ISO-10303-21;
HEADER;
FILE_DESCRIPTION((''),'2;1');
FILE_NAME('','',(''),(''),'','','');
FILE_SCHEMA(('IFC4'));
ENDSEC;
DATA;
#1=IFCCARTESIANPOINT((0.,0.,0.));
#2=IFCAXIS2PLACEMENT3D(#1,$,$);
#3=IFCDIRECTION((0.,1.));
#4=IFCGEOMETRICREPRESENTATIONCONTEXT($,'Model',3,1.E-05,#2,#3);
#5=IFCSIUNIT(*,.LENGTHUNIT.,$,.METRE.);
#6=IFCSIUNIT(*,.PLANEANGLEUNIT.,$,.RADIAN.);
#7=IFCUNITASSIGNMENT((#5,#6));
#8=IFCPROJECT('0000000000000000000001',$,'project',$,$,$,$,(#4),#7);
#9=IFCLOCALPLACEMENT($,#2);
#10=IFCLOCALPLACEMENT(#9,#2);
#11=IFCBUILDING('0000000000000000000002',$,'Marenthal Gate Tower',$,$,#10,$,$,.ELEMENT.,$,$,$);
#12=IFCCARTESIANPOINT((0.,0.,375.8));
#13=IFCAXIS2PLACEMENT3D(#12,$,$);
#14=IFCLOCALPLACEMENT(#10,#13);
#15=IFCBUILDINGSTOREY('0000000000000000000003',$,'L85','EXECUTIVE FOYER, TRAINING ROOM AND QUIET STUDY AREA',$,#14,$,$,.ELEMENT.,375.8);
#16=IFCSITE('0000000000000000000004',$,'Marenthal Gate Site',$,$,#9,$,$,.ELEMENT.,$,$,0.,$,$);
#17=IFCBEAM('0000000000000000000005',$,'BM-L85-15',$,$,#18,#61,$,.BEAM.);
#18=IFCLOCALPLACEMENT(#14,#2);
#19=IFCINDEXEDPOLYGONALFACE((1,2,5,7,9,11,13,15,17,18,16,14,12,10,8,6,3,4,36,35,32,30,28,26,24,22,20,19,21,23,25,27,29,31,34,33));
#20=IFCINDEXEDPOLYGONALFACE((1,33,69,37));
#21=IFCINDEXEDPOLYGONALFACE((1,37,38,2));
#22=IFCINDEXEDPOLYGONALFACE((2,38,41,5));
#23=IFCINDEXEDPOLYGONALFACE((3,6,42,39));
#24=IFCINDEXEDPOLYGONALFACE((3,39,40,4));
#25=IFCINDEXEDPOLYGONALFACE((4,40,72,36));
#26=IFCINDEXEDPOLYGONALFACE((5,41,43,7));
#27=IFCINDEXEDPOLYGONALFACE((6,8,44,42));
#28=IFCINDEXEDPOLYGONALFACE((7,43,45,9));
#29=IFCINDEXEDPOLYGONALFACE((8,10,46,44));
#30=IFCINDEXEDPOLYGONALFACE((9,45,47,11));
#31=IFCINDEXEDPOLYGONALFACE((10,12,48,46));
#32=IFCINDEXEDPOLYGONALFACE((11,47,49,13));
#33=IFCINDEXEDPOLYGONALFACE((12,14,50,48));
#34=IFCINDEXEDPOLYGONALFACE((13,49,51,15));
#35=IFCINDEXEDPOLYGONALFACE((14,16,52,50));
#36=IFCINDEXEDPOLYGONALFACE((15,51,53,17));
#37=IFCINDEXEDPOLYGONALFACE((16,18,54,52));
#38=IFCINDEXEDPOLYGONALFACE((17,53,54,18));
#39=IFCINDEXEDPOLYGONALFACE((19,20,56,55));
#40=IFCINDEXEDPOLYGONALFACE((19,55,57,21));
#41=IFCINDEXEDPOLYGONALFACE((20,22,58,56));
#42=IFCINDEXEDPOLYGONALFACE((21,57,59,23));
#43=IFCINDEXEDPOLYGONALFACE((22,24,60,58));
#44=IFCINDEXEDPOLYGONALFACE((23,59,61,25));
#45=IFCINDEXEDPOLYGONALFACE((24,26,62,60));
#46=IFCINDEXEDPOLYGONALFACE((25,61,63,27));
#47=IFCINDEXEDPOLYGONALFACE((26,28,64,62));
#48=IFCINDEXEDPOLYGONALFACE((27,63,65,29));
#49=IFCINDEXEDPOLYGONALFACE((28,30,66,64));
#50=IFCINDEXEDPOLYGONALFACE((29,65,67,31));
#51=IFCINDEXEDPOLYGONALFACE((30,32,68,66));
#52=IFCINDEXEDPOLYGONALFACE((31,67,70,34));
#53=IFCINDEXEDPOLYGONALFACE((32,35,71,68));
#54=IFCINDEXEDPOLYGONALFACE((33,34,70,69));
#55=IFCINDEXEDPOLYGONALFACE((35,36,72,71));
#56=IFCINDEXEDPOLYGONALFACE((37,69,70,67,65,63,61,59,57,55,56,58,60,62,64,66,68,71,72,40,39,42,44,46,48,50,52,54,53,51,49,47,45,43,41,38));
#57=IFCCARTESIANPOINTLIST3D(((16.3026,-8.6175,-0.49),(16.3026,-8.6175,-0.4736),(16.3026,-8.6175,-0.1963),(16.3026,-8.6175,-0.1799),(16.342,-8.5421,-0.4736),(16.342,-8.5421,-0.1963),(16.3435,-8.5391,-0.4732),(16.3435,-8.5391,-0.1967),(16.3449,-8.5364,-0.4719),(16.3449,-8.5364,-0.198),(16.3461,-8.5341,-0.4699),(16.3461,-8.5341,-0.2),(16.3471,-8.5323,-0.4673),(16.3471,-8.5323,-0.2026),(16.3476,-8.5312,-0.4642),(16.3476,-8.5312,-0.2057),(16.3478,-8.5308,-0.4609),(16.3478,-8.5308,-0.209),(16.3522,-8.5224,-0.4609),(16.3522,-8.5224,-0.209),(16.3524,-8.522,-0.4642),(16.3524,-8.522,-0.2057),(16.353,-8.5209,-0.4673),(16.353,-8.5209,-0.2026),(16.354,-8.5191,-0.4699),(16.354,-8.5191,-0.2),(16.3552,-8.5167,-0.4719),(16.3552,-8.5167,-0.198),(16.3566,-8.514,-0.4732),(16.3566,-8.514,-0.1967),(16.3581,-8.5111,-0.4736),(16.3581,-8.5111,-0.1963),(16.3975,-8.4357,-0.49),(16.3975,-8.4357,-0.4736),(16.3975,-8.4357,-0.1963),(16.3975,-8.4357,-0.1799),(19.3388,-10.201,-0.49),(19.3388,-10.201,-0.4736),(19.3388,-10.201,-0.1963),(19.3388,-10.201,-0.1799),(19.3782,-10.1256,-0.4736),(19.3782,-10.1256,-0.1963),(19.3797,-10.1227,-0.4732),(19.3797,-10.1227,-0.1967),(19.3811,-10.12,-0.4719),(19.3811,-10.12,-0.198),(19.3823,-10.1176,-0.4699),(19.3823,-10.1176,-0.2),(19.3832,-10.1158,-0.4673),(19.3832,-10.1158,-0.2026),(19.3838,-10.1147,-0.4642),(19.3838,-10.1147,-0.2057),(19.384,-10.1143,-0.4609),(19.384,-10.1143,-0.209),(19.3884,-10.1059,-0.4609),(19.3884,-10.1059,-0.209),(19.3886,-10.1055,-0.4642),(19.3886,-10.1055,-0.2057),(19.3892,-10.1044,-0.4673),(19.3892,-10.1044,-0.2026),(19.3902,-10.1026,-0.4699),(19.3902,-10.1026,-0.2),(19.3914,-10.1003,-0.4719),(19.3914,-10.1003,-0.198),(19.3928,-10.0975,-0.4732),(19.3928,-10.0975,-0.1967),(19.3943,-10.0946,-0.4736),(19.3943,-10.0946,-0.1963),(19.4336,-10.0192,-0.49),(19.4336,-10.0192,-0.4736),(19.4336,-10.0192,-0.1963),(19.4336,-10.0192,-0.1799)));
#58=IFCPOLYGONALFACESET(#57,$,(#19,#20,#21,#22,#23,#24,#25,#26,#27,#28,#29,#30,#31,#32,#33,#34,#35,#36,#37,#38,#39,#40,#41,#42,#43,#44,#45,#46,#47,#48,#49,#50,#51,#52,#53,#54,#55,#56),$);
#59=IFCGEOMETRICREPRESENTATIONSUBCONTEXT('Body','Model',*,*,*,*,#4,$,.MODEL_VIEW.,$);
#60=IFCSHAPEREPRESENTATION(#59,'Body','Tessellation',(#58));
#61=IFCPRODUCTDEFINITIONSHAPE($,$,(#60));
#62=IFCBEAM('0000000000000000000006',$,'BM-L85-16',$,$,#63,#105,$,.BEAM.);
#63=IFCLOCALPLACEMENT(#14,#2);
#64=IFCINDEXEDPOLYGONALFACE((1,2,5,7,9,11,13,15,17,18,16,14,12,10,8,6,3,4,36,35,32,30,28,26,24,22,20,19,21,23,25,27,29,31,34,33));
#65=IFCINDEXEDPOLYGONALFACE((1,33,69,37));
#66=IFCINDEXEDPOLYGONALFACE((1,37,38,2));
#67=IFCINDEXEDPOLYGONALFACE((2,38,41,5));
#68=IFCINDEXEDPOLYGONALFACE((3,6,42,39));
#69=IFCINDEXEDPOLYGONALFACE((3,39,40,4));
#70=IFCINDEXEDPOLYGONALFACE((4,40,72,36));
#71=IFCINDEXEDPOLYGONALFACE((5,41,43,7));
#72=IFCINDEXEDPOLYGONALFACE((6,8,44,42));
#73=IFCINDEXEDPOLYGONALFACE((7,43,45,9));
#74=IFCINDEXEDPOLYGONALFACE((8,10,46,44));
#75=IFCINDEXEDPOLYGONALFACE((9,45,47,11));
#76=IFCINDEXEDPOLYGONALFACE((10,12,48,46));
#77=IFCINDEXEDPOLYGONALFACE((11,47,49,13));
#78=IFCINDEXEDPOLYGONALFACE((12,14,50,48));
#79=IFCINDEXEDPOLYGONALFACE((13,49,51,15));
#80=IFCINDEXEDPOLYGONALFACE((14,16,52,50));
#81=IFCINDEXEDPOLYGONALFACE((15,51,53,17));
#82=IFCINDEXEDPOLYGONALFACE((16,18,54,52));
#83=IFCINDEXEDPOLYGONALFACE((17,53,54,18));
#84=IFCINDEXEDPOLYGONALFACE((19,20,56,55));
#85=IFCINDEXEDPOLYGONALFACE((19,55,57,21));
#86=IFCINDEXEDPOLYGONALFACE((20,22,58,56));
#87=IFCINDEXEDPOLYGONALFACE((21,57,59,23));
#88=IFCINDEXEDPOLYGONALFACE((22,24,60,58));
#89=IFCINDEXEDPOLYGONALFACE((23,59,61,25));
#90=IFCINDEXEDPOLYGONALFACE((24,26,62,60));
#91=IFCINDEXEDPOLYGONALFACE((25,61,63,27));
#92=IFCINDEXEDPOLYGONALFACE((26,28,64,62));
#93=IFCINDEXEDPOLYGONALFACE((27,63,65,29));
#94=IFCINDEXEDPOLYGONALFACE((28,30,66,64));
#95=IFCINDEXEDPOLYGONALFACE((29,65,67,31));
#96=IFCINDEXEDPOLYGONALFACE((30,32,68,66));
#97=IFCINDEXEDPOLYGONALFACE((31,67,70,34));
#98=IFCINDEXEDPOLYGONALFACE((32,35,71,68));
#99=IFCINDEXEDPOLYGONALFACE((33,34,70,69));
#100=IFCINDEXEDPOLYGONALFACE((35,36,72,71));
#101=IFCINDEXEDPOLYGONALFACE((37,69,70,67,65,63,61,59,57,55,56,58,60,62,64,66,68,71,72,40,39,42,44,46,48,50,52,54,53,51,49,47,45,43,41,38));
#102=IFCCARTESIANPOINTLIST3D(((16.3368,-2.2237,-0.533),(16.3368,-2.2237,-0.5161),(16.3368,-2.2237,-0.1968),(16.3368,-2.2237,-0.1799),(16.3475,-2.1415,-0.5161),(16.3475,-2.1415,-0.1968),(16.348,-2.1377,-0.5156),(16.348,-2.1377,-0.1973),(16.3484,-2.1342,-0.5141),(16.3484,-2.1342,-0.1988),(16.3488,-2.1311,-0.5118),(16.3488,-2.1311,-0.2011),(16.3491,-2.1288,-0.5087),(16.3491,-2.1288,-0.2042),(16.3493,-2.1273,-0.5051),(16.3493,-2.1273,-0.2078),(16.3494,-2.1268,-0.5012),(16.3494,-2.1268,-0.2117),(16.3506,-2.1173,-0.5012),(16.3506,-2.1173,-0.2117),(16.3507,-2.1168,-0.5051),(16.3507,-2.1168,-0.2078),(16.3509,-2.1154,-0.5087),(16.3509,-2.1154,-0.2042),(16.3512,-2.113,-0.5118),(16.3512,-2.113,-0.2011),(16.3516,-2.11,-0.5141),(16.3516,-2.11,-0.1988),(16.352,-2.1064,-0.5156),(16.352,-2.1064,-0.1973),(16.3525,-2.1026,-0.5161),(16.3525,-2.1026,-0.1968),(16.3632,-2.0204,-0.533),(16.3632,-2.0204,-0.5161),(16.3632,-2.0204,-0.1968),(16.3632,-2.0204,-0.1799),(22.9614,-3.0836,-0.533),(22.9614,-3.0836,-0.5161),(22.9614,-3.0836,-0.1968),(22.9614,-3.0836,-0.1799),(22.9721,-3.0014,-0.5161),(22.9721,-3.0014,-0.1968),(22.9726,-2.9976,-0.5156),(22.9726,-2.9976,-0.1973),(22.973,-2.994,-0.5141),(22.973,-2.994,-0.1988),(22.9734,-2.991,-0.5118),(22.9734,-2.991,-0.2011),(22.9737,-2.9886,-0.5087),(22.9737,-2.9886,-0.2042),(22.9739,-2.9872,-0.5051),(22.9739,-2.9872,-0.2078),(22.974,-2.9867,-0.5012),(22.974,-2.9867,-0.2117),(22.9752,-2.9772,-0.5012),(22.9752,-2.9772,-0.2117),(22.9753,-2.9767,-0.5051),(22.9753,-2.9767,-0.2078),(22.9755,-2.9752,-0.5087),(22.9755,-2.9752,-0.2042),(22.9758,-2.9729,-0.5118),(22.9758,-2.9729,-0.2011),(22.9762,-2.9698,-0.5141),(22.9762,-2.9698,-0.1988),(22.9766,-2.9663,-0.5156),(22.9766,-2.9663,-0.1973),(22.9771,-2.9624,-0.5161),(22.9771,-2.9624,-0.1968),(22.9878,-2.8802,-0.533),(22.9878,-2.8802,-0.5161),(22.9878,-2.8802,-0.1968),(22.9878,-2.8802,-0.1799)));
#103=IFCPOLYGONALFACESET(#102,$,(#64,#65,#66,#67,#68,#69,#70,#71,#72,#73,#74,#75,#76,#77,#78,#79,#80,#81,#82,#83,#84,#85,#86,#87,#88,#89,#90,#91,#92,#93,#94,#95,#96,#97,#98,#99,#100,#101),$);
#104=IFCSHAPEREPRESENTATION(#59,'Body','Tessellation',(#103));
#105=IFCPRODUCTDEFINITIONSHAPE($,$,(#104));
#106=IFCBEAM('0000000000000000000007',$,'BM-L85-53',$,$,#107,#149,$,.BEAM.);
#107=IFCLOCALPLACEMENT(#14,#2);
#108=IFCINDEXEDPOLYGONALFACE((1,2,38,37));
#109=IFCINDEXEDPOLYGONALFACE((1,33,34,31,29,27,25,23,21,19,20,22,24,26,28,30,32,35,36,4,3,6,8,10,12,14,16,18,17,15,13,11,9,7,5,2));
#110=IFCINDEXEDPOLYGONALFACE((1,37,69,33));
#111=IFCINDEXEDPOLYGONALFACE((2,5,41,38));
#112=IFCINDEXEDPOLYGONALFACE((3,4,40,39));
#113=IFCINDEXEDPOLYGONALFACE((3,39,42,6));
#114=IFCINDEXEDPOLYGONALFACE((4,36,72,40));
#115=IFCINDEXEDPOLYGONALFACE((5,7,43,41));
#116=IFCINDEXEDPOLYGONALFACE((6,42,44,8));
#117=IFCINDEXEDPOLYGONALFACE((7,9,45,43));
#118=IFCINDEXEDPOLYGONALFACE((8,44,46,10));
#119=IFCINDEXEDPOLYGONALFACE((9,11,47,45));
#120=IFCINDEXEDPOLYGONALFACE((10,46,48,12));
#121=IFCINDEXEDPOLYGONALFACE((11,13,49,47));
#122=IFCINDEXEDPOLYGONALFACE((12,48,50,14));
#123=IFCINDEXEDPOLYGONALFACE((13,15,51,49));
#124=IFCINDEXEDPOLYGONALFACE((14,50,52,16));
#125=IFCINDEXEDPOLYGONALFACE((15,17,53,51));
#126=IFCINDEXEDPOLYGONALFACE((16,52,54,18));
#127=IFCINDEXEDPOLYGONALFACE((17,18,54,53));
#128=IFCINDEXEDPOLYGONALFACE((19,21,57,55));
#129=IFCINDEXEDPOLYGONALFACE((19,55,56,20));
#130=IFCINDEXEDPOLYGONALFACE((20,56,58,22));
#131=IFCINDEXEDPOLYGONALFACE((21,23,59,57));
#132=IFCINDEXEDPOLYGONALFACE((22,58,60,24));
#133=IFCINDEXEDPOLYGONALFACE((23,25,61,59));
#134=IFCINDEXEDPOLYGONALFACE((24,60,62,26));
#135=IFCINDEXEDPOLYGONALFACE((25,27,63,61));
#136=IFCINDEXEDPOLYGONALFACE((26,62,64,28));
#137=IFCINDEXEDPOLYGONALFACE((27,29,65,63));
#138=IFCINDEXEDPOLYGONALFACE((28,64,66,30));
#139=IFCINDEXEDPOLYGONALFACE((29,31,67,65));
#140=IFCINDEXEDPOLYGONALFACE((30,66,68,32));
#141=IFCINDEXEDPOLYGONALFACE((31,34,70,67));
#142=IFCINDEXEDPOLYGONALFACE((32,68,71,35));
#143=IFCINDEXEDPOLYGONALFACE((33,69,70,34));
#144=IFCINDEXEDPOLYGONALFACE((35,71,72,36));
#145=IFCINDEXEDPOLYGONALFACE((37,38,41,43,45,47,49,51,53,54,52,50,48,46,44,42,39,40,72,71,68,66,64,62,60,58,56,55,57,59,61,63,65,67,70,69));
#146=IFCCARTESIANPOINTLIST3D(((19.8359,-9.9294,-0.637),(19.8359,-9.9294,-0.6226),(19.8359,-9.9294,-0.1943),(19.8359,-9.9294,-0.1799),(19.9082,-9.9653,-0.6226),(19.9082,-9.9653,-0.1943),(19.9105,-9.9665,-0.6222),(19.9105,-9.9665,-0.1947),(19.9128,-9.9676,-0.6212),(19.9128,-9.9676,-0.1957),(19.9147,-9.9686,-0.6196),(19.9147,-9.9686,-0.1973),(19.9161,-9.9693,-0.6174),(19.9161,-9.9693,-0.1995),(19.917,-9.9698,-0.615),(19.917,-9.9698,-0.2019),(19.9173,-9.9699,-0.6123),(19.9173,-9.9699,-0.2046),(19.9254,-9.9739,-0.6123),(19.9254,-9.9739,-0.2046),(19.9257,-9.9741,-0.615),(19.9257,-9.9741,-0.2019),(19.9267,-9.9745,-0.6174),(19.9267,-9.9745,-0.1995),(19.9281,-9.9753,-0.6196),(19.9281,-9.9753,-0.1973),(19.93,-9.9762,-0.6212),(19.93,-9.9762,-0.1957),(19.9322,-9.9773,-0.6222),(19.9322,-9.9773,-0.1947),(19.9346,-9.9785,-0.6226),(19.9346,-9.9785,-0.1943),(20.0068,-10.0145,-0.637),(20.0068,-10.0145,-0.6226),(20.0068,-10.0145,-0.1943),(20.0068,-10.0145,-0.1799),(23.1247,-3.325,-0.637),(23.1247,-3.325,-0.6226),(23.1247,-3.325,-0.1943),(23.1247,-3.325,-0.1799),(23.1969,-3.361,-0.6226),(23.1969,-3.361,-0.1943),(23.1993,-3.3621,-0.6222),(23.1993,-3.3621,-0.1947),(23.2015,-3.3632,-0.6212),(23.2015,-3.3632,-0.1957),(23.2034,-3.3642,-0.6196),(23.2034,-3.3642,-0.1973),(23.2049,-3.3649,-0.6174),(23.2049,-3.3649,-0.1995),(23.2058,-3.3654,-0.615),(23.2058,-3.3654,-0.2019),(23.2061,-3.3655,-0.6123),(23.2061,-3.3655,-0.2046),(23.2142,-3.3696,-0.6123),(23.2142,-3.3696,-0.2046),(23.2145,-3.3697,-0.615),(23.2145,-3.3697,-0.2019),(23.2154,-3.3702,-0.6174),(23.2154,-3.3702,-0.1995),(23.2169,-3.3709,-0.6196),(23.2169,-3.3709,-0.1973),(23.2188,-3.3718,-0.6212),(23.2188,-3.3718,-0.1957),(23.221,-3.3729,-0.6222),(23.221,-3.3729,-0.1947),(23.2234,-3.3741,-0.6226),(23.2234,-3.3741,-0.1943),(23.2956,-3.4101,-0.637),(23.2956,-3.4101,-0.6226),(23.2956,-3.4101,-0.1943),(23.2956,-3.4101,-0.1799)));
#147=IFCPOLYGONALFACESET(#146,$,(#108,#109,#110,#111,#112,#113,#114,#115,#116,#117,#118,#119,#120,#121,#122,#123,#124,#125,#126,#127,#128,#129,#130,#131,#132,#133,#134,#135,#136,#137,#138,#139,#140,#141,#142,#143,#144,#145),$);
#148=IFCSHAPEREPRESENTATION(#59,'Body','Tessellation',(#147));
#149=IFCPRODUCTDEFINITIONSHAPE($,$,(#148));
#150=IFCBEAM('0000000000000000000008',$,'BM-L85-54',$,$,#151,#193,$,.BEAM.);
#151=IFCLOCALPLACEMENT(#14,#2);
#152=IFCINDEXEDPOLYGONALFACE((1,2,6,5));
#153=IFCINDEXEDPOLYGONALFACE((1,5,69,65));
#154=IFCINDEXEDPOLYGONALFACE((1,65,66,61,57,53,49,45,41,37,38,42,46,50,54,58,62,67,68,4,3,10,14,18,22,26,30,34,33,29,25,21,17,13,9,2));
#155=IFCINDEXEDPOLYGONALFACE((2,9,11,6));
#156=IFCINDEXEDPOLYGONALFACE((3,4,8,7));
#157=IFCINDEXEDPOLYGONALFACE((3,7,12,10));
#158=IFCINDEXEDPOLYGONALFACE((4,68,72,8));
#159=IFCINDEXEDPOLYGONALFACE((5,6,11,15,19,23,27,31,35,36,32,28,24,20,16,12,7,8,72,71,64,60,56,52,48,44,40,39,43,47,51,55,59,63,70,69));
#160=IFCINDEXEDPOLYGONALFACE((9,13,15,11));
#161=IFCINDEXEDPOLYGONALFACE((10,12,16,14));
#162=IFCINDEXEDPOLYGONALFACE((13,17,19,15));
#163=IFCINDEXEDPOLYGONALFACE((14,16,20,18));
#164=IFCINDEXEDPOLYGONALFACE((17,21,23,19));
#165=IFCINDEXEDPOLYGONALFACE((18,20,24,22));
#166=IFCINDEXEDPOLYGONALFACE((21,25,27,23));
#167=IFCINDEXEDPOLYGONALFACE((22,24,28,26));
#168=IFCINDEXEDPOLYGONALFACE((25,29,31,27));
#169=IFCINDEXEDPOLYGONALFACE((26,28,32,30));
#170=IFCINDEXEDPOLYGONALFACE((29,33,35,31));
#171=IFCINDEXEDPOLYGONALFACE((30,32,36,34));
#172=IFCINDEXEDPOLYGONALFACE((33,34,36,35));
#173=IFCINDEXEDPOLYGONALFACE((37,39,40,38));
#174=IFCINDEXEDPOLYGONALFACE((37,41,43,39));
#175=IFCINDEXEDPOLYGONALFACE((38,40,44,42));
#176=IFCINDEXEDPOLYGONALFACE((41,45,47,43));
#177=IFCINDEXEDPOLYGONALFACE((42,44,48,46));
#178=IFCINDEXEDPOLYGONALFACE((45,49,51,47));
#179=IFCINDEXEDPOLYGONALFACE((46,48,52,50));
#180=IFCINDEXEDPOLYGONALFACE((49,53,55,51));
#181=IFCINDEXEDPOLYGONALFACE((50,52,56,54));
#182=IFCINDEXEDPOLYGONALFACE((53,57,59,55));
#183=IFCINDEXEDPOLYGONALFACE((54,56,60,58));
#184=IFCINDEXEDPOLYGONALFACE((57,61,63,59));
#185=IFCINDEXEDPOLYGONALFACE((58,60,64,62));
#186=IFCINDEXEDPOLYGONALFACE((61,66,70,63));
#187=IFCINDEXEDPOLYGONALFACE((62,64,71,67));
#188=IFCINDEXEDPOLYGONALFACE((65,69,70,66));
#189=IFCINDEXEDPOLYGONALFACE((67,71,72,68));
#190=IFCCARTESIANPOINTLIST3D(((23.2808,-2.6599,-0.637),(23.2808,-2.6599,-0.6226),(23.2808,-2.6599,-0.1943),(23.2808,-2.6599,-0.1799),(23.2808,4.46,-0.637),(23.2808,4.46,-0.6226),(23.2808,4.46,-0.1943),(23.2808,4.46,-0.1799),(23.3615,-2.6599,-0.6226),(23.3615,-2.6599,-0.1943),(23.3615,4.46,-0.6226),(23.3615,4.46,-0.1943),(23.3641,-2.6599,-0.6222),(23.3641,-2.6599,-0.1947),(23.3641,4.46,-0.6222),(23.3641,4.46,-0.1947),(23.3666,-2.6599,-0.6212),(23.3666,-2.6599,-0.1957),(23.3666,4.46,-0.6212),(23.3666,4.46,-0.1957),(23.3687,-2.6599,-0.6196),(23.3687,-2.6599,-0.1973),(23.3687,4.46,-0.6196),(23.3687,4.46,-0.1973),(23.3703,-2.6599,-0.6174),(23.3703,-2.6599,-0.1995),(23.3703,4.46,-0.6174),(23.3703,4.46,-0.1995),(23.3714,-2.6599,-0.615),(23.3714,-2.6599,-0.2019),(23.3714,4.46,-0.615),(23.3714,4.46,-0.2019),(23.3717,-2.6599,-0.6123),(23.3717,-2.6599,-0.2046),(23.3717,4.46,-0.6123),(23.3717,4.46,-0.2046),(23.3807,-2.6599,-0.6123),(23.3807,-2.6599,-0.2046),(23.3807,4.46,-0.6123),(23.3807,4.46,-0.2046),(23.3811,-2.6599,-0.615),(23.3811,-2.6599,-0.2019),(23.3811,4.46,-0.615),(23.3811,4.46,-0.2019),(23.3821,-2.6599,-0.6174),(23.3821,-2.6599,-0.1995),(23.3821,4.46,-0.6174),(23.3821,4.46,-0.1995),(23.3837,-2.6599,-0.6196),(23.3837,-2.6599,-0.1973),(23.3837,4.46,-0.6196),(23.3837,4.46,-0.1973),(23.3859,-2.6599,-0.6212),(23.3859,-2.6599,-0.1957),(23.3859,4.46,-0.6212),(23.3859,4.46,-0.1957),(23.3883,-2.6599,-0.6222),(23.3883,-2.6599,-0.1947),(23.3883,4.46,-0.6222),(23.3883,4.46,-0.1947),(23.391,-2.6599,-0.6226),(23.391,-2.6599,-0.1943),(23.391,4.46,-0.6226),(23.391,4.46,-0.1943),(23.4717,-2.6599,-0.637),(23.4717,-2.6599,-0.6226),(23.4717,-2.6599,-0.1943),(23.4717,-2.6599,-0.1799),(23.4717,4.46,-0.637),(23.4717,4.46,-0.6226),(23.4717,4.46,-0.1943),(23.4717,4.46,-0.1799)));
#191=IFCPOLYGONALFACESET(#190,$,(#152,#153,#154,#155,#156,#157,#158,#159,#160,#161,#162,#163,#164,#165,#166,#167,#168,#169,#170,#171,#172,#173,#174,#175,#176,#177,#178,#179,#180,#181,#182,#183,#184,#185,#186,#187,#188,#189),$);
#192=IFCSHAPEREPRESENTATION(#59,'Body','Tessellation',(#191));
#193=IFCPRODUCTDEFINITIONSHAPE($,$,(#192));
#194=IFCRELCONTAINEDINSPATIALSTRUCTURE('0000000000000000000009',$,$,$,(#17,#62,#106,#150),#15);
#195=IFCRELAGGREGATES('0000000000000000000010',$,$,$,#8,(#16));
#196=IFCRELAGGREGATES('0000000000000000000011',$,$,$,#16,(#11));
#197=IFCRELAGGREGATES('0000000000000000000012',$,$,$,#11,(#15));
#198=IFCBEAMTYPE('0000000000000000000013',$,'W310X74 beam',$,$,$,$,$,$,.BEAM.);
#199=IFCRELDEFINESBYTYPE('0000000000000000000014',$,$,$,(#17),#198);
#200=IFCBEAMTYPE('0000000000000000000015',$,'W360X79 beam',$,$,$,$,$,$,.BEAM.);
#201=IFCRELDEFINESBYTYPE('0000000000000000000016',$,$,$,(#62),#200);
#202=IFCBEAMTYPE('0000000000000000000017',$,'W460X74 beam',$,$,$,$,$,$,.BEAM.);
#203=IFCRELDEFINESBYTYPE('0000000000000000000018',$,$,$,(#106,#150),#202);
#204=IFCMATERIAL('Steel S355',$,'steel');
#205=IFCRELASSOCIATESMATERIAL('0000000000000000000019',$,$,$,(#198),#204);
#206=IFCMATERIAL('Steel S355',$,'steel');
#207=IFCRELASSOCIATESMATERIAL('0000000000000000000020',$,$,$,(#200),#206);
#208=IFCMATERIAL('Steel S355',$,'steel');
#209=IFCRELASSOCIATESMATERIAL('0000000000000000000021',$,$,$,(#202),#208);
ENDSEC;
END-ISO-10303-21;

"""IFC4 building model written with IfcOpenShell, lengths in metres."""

from ifc_helpers import new_model, si_unit, direction, frame, origin, origin_2d, place, context, subcontext, project, spatial, i_section, extrude, material, material_profile, profile_set, type_object, element, save


model = new_model("IFC4")

# Units and contexts
model_context = context("Model", 3, precision=1e-05, world=origin(), true_north=direction((0.0, 1.0)))
body_context = subcontext(model_context, "Body", "Model", "MODEL_VIEW")
ifc_project = project(units=[si_unit("LENGTHUNIT", "METRE"), si_unit("PLANEANGLEUNIT", "RADIAN")], contexts=[model_context])

# Site, building, storey
site_placement = place(None, origin())
site = spatial("IfcSite", under=ifc_project, at=site_placement, Name="Marenthal Gate Site", CompositionType="ELEMENT", RefElevation=0.0)
building_placement = place(site_placement, origin())
building = spatial("IfcBuilding", under=site, at=building_placement, Name="Marenthal Gate Tower", CompositionType="ELEMENT")
storey_placement = place(building_placement, frame((0.0, 0.0, 375.8)))
storey = spatial("IfcBuildingStorey", under=building, at=storey_placement, Name="L85", Description="EXECUTIVE FOYER, TRAINING ROOM AND QUIET STUDY AREA", CompositionType="ELEMENT", Elevation=375.8)

# Beams
ifc_material_1 = material(Name="Steel S355", Category="steel")
ifc_material_profile_1 = material_profile(ifc_material_1, i_section(OverallWidth=0.2051, OverallDepth=0.3101, WebThickness=0.0095, FlangeThickness=0.0164, FilletRadius=0.0127, at=origin_2d()), Name="W310X74")
ifc_profile_set_1 = profile_set([ifc_material_profile_1], Name="Steel S355")
beam_type_1 = type_object("IfcBeamType", Name="W310X74 beam", PredefinedType="BEAM", material=ifc_profile_set_1)
beam_1_placement = place(storey_placement, frame((19.3862, -10.1101, -0.335), z_axis=(-0.886653, 0.462434, 0.0), x_axis=(-0.462434, -0.886653, 0.0)))
element("IfcBeam", 1, at=beam_1_placement, inside=storey, type_object=beam_type_1, Name="BM-L85-15", PredefinedType="BEAM", context=body_context, shape_type="SweptSolid", body=[
    extrude(i_section(OverallWidth=0.2051, OverallDepth=0.3101, WebThickness=0.0095, FlangeThickness=0.0164, FilletRadius=0.0127, at=origin_2d()), origin(), (0.0, 0.0, 1.0), 3.4243),
])
ifc_material_2 = material(Name="Steel S355", Category="steel")
ifc_material_profile_2 = material_profile(ifc_material_2, i_section(OverallWidth=0.2051, OverallDepth=0.353, WebThickness=0.0095, FlangeThickness=0.0168, FilletRadius=0.0149, at=origin_2d()), Name="W360X79")
ifc_profile_set_2 = profile_set([ifc_material_profile_2], Name="Steel S355")
beam_type_2 = type_object("IfcBeamType", Name="W360X79 beam", PredefinedType="BEAM", material=ifc_profile_set_2)
beam_2_placement = place(storey_placement, frame((22.9746, -2.9819, -0.3564), z_axis=(-0.991681, 0.12872, 0.0), x_axis=(-0.12872, -0.991681, 0.0)))
element("IfcBeam", 2, at=beam_2_placement, inside=storey, type_object=beam_type_2, Name="BM-L85-16", PredefinedType="BEAM", context=body_context, shape_type="SweptSolid", body=[
    extrude(i_section(OverallWidth=0.2051, OverallDepth=0.353, WebThickness=0.0095, FlangeThickness=0.0168, FilletRadius=0.0149, at=origin_2d()), origin(), (0.0, 0.0, 1.0), 6.6802),
])
ifc_material_3 = material(Name="Steel S355", Category="steel")
ifc_material_profile_3 = material_profile(ifc_material_3, i_section(OverallWidth=0.1909, OverallDepth=0.457, WebThickness=0.009, FlangeThickness=0.0144, FilletRadius=0.0103, at=origin_2d()), Name="W460X74")
ifc_profile_set_3 = profile_set([ifc_material_profile_3], Name="Steel S355")
beam_type_3 = type_object("IfcBeamType", Name="W460X74 beam", PredefinedType="BEAM", material=ifc_profile_set_3)
beam_3_placement = place(storey_placement, frame((19.9214, -9.9719, -0.4084), z_axis=(0.445757, 0.895154, 0.0), x_axis=(-0.895154, 0.445757, 0.0)))
element("IfcBeam", 3, at=beam_3_placement, inside=storey, type_object=beam_type_3, Name="BM-L85-53", PredefinedType="BEAM", context=body_context, shape_type="SweptSolid", body=[
    extrude(i_section(OverallWidth=0.1909, OverallDepth=0.457, WebThickness=0.009, FlangeThickness=0.0144, FilletRadius=0.0103, at=origin_2d()), origin(), (0.0, 0.0, 1.0), 7.3779),
])
beam_4_placement = place(storey_placement, frame((23.3762, -2.6599, -0.4084), z_axis=(0.0, 1.0, 0.0), x_axis=(-1.0, 0.0, 0.0)))
element("IfcBeam", 4, at=beam_4_placement, inside=storey, type_object=beam_type_3, Name="BM-L85-54", PredefinedType="BEAM", context=body_context, shape_type="SweptSolid", body=[
    extrude(i_section(OverallWidth=0.1909, OverallDepth=0.457, WebThickness=0.009, FlangeThickness=0.0144, FilletRadius=0.0103, at=origin_2d()), origin(), (0.0, 0.0, 1.0), 7.1199),
])

save(model, "model.ifc")
